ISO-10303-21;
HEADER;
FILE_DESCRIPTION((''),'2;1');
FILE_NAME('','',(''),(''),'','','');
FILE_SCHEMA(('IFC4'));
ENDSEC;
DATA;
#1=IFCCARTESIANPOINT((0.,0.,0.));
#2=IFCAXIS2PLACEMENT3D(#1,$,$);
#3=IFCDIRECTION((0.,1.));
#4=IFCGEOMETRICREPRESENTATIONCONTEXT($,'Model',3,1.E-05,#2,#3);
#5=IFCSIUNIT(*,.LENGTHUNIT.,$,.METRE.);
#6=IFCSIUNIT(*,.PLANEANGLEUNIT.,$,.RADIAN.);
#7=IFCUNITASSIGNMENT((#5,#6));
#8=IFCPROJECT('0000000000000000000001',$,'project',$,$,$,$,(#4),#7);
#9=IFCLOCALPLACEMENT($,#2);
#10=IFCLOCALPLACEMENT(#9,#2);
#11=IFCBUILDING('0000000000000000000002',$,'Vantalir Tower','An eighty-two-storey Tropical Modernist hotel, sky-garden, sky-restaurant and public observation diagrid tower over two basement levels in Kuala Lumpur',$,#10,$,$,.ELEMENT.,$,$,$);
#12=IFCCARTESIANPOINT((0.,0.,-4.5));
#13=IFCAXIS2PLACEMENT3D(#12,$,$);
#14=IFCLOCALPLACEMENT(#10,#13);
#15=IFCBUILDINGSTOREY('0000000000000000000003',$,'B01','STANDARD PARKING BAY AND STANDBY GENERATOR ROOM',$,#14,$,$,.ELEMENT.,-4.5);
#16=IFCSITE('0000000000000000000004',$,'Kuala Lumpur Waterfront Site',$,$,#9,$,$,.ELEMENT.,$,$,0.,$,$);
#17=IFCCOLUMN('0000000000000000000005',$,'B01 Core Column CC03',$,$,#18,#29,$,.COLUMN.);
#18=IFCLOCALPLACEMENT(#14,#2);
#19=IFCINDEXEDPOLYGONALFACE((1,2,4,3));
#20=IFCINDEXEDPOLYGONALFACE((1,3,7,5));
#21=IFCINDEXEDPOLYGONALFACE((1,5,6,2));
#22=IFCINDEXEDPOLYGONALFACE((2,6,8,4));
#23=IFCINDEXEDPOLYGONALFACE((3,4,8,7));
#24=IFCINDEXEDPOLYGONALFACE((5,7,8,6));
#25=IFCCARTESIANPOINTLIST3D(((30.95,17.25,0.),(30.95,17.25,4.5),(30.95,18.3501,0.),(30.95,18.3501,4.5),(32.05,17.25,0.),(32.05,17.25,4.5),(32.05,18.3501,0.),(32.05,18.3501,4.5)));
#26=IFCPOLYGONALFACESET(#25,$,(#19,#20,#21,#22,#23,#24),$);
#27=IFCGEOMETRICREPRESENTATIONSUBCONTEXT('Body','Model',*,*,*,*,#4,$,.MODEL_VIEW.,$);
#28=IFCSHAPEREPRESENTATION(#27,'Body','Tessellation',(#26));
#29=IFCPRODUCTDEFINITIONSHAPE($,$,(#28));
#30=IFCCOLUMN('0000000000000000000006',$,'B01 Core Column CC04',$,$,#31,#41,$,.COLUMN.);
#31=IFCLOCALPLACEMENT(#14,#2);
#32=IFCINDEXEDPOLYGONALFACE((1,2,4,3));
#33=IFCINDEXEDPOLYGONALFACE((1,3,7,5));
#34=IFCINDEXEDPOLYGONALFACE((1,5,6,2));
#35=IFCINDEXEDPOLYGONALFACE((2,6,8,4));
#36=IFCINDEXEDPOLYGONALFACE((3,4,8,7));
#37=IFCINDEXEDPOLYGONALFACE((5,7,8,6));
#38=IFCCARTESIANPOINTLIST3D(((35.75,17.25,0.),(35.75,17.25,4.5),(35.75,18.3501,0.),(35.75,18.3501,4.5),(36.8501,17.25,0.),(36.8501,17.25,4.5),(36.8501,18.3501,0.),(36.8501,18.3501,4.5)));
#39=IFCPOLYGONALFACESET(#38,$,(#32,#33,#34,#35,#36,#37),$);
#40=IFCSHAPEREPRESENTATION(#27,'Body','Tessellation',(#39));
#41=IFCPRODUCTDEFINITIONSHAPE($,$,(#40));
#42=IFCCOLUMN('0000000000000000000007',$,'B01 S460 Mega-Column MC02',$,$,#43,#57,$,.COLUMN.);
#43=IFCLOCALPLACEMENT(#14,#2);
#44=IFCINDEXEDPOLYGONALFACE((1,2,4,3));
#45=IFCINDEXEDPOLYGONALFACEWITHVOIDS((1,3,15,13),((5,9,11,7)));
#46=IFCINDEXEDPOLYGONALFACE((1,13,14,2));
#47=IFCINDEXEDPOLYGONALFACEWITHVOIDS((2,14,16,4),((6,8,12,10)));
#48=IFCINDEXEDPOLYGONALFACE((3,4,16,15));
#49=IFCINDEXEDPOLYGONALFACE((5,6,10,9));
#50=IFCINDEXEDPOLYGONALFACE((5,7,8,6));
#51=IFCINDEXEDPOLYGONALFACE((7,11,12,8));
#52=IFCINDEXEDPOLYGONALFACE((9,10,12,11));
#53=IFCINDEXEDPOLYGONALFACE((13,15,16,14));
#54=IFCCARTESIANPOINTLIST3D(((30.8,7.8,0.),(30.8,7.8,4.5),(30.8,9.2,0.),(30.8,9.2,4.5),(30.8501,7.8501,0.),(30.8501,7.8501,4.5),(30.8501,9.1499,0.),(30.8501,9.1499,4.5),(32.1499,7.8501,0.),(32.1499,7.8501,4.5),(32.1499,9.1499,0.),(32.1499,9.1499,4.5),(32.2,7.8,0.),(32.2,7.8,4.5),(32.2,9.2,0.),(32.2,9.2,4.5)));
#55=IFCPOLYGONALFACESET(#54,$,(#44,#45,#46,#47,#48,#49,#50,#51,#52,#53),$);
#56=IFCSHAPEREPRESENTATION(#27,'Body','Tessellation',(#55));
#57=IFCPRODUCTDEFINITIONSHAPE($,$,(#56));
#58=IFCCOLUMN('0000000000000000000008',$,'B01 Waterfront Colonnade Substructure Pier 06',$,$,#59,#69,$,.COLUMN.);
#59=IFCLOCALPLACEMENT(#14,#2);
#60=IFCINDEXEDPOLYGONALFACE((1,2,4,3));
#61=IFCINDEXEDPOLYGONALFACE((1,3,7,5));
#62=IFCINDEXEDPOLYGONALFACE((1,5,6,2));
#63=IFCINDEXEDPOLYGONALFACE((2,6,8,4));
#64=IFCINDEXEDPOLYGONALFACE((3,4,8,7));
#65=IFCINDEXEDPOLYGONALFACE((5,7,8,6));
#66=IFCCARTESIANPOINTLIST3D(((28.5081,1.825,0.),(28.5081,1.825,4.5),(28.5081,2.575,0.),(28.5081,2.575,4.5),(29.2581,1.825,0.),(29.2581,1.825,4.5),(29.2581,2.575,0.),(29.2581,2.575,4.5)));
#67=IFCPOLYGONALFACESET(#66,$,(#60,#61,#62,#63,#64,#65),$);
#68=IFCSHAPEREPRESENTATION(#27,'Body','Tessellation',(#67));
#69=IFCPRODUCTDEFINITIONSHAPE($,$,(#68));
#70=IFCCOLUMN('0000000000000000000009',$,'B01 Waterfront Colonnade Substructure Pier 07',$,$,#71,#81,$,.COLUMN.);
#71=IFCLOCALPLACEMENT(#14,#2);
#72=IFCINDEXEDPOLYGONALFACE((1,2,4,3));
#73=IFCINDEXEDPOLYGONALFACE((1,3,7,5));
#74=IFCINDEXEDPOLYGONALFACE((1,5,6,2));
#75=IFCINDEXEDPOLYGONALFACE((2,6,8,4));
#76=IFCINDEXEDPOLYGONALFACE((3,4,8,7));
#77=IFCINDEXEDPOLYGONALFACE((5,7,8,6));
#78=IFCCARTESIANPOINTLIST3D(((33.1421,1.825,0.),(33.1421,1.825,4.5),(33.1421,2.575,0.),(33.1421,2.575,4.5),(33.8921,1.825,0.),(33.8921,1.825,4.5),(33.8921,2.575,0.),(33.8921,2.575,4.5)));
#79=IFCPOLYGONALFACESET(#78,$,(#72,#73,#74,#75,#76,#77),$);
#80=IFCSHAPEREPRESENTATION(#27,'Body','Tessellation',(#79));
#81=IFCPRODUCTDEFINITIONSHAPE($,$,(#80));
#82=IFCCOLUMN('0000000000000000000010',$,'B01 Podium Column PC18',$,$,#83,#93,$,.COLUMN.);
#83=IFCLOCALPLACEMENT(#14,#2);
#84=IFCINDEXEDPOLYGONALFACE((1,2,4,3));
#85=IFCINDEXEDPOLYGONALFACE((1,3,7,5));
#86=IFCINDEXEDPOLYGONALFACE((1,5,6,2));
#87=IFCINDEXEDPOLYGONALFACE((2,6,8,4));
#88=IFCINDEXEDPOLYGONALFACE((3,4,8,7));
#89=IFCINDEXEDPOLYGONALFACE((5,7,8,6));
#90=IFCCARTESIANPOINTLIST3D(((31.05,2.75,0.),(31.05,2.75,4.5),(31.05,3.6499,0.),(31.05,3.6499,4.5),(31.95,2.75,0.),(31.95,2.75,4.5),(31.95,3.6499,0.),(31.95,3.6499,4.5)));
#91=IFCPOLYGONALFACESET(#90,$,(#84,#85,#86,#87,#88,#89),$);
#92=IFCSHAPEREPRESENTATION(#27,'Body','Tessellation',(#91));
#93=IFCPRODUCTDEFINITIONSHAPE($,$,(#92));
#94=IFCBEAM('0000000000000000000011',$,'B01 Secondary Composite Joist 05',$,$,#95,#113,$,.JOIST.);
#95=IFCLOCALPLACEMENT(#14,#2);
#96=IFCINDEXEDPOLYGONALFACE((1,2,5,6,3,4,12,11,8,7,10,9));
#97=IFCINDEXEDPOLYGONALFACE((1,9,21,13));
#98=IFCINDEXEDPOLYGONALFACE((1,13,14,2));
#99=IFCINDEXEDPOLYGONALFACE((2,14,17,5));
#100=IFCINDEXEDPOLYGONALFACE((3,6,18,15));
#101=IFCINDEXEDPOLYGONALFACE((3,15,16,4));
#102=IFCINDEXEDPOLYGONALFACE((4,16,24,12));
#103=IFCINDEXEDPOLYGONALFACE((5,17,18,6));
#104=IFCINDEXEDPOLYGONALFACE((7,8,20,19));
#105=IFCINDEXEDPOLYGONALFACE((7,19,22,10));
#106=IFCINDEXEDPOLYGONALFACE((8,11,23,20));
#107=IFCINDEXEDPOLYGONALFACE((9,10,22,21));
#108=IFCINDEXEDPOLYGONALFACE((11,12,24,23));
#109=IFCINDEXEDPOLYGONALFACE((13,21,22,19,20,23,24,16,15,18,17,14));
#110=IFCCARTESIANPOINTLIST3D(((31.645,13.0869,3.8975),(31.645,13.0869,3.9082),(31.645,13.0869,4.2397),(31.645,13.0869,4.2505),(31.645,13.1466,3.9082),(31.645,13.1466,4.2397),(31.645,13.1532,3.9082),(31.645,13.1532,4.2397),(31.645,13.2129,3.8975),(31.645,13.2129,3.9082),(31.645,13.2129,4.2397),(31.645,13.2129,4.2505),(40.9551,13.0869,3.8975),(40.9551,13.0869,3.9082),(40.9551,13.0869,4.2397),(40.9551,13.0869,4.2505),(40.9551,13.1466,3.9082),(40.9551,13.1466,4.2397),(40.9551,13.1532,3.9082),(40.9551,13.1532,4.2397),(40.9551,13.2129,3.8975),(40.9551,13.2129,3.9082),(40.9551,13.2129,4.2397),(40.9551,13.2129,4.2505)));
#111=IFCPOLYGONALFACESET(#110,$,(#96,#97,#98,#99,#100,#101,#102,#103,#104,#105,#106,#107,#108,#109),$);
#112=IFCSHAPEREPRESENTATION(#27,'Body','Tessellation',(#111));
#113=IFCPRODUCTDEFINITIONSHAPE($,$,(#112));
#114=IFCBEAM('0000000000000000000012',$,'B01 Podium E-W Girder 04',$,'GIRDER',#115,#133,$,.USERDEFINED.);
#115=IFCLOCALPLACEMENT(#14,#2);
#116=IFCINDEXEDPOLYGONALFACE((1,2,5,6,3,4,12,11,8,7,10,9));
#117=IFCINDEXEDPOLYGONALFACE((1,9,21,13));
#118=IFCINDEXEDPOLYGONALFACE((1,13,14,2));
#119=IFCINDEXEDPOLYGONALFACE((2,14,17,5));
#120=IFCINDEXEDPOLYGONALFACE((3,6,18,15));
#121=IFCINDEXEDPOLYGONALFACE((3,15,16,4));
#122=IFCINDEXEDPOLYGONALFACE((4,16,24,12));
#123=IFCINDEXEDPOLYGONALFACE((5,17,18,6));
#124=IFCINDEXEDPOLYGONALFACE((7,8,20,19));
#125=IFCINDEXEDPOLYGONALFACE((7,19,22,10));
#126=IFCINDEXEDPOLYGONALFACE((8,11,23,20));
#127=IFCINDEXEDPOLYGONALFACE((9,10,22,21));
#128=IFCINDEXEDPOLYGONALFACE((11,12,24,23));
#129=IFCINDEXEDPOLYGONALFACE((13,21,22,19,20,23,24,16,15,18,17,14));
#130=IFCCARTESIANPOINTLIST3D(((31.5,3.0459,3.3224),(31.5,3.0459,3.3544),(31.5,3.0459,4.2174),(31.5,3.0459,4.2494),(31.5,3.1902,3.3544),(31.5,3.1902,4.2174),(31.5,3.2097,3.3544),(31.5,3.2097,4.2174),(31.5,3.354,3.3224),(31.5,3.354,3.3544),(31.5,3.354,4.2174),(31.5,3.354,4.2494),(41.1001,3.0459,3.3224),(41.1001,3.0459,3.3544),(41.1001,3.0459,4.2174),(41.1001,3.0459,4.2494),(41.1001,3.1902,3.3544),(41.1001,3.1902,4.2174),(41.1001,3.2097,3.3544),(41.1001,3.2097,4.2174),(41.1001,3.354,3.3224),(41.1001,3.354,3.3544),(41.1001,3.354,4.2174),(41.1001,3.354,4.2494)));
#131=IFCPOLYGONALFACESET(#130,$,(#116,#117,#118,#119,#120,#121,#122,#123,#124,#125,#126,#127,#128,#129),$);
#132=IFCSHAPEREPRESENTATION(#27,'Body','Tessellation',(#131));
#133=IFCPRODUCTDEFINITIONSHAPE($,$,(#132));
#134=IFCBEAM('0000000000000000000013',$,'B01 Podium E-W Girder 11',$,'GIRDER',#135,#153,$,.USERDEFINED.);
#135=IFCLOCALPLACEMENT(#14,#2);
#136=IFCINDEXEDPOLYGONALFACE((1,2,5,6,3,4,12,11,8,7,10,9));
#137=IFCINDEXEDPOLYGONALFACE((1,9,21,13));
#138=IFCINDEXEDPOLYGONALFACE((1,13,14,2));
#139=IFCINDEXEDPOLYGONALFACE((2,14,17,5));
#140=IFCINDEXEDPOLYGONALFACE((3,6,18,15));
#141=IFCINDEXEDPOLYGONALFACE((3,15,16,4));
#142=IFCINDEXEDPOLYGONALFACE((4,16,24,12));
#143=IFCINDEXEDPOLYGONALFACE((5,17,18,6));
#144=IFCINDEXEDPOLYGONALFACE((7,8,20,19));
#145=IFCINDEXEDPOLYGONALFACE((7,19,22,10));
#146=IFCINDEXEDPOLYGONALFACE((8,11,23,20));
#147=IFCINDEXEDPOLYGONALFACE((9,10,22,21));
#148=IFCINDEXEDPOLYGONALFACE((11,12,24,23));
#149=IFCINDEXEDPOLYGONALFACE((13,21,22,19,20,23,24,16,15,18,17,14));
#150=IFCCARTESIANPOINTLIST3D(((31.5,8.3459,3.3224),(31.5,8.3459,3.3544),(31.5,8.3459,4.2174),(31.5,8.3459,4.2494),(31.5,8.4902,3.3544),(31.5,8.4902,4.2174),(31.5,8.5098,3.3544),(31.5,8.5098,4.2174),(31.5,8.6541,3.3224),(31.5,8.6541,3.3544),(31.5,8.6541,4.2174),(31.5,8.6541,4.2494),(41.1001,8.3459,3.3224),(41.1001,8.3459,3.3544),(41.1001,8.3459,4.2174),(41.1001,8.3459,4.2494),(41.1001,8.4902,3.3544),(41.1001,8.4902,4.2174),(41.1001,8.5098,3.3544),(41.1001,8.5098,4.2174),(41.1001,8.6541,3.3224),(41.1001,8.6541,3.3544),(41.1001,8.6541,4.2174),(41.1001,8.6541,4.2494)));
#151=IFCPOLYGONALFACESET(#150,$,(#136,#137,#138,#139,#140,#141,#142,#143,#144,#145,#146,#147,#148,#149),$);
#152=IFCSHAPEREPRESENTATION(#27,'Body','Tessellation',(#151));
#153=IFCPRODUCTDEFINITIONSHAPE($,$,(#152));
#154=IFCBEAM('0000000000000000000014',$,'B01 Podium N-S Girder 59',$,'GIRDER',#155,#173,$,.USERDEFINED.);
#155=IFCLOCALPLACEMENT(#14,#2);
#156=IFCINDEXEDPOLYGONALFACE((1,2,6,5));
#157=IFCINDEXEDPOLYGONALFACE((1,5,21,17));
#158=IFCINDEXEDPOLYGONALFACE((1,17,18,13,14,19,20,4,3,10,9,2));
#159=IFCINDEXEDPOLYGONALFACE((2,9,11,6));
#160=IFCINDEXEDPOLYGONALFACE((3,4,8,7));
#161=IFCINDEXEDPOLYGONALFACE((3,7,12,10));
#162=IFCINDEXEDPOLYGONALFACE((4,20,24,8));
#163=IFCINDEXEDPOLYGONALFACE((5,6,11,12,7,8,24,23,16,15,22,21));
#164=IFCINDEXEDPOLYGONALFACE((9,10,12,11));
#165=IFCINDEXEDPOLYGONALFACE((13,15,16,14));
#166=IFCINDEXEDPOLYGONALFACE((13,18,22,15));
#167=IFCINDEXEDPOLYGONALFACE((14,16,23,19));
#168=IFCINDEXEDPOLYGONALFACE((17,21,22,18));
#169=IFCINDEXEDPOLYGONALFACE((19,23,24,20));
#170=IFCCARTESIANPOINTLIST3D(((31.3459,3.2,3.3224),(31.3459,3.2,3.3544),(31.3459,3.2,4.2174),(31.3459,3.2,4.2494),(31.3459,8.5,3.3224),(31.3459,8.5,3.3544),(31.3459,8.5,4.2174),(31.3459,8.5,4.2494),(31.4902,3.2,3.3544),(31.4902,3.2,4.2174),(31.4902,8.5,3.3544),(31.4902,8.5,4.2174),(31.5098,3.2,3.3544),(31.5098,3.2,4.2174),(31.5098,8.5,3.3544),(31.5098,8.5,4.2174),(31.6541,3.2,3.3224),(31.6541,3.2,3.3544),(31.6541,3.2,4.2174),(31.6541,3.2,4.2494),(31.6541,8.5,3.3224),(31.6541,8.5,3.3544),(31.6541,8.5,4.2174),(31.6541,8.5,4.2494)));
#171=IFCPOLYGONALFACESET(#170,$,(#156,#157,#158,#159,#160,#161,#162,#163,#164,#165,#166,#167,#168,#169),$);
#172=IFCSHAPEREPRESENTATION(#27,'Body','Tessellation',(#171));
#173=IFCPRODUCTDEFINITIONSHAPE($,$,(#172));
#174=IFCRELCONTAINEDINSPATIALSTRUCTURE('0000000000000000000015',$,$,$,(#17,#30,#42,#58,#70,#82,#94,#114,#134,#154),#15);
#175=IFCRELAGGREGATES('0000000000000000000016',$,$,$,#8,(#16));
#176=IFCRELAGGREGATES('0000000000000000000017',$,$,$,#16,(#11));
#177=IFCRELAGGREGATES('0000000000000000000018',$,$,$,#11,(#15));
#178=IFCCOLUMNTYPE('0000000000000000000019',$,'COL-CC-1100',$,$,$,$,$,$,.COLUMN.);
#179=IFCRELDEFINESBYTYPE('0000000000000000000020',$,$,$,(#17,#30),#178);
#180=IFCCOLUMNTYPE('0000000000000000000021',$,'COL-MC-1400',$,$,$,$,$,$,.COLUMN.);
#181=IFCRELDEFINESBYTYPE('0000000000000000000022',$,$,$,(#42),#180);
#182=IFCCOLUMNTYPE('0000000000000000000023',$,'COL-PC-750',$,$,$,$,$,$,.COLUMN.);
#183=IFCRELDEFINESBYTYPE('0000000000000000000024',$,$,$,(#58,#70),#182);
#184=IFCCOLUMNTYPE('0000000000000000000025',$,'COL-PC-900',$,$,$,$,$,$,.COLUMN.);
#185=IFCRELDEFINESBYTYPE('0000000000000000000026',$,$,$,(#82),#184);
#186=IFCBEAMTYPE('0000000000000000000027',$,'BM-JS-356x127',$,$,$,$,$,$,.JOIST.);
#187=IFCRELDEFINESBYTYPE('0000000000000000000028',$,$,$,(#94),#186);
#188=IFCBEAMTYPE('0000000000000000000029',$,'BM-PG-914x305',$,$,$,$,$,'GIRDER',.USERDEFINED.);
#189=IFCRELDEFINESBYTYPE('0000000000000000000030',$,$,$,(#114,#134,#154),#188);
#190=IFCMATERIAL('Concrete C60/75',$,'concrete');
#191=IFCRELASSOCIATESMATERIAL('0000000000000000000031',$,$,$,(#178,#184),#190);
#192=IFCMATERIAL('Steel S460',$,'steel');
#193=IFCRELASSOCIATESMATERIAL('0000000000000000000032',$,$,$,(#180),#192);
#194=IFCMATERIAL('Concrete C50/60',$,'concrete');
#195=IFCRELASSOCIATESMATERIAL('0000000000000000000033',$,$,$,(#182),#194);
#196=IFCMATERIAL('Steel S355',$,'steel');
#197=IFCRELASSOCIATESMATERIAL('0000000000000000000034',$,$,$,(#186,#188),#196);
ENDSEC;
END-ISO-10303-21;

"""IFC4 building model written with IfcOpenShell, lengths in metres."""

from ifc_helpers import new_model, si_unit, direction, frame, origin, origin_2d, place, context, subcontext, project, spatial, rectangle, hollow_rectangle, i_section, extrude, material, material_profile, profile_set, type_object, element, save


model = new_model("IFC4")

# Units and contexts
model_context = context("Model", 3, precision=1e-05, world=origin(), true_north=direction((0.0, 1.0)))
body_context = subcontext(model_context, "Body", "Model", "MODEL_VIEW")
ifc_project = project(units=[si_unit("LENGTHUNIT", "METRE"), si_unit("PLANEANGLEUNIT", "RADIAN")], contexts=[model_context])

# Site, building, storey
site_placement = place(None, origin())
site = spatial("IfcSite", under=ifc_project, at=site_placement, Name="Kuala Lumpur Waterfront Site", CompositionType="ELEMENT", RefElevation=0.0)
building_placement = place(site_placement, origin())
building = spatial("IfcBuilding", under=site, at=building_placement, Name="Vantalir Tower", Description="An eighty-two-storey Tropical Modernist hotel, sky-garden, sky-restaurant and public observation diagrid tower over two basement levels in Kuala Lumpur", CompositionType="ELEMENT")
storey_placement = place(building_placement, frame((0.0, 0.0, -4.5)))
storey = spatial("IfcBuildingStorey", under=building, at=storey_placement, Name="B01", Description="STANDARD PARKING BAY AND STANDBY GENERATOR ROOM", CompositionType="ELEMENT", Elevation=-4.5)

# Columns
ifc_material_1 = material(Name="Concrete C60/75", Category="concrete")
ifc_material_profile_1 = material_profile(ifc_material_1, rectangle(XDim=1.1001, YDim=1.1001, at=origin_2d()), Name="Concrete C60/75")
ifc_profile_set_1 = profile_set([ifc_material_profile_1], Name="Concrete C60/75")
column_type_1 = type_object("IfcColumnType", Name="COL-CC-1100", PredefinedType="COLUMN", material=ifc_profile_set_1)
for number, where, z_axis, x_axis, name in (
    (1, (31.5, 17.8, 0.0), (0.0, 0.0, 1.0), (1.0, 0.0, 0.0), "B01 Core Column CC03"),
    (2, (36.3, 17.8, 0.0), (0.0, 0.0, 1.0), (1.0, 0.0, 0.0), "B01 Core Column CC04"),
):
    element("IfcColumn", number, at=place(storey_placement, frame(where, z_axis=z_axis, x_axis=x_axis)), inside=storey, type_object=column_type_1, Name=name, PredefinedType="COLUMN", context=body_context, shape_type="SweptSolid", body=[
        extrude(rectangle(XDim=1.1001, YDim=1.1001, at=origin_2d()), origin(), (0.0, 0.0, 1.0), 4.5),
    ])
ifc_material_2 = material(Name="Steel S460", Category="steel")
ifc_material_profile_2 = material_profile(ifc_material_2, hollow_rectangle(XDim=1.3999, YDim=1.3999, WallThickness=0.05, at=origin_2d()), Name="Steel S460")
ifc_profile_set_2 = profile_set([ifc_material_profile_2], Name="Steel S460")
column_type_2 = type_object("IfcColumnType", Name="COL-MC-1400", PredefinedType="COLUMN", material=ifc_profile_set_2)
column_1_placement = place(storey_placement, frame((31.5, 8.5, 0.0), z_axis=(0.0, 0.0, 1.0), x_axis=(1.0, 0.0, 0.0)))
element("IfcColumn", 3, at=column_1_placement, inside=storey, type_object=column_type_2, Name="B01 S460 Mega-Column MC02", PredefinedType="COLUMN", context=body_context, shape_type="SweptSolid", body=[
    extrude(hollow_rectangle(XDim=1.3999, YDim=1.3999, WallThickness=0.05, at=origin_2d()), origin(), (0.0, 0.0, 1.0), 4.5),
])
ifc_material_3 = material(Name="Concrete C50/60", Category="concrete")
ifc_material_profile_3 = material_profile(ifc_material_3, rectangle(XDim=0.75, YDim=0.75, at=origin_2d()), Name="Concrete C50/60")
ifc_profile_set_3 = profile_set([ifc_material_profile_3], Name="Concrete C50/60")
column_type_3 = type_object("IfcColumnType", Name="COL-PC-750", PredefinedType="COLUMN", material=ifc_profile_set_3)
for number, where, z_axis, x_axis, name in (
    (4, (28.8831, 2.2, 0.0), (0.0, 0.0, 1.0), (1.0, 0.0, 0.0), "B01 Waterfront Colonnade Substructure Pier 06"),
    (5, (33.5171, 2.2, 0.0), (0.0, 0.0, 1.0), (1.0, 0.0, 0.0), "B01 Waterfront Colonnade Substructure Pier 07"),
):
    element("IfcColumn", number, at=place(storey_placement, frame(where, z_axis=z_axis, x_axis=x_axis)), inside=storey, type_object=column_type_3, Name=name, PredefinedType="COLUMN", context=body_context, shape_type="SweptSolid", body=[
        extrude(rectangle(XDim=0.75, YDim=0.75, at=origin_2d()), origin(), (0.0, 0.0, 1.0), 4.5),
    ])
ifc_material_profile_4 = material_profile(ifc_material_1, rectangle(XDim=0.8999, YDim=0.8999, at=origin_2d()), Name="Concrete C60/75")
ifc_profile_set_4 = profile_set([ifc_material_profile_4], Name="Concrete C60/75")
column_type_4 = type_object("IfcColumnType", Name="COL-PC-900", PredefinedType="COLUMN", material=ifc_profile_set_4)
column_2_placement = place(storey_placement, frame((31.5, 3.2, 0.0), z_axis=(0.0, 0.0, 1.0), x_axis=(1.0, 0.0, 0.0)))
element("IfcColumn", 6, at=column_2_placement, inside=storey, type_object=column_type_4, Name="B01 Podium Column PC18", PredefinedType="COLUMN", context=body_context, shape_type="SweptSolid", body=[
    extrude(rectangle(XDim=0.8999, YDim=0.8999, at=origin_2d()), origin(), (0.0, 0.0, 1.0), 4.5),
])

# Beams
ifc_material_4 = material(Name="Steel S355", Category="steel")
ifc_material_profile_5 = material_profile(ifc_material_4, i_section(OverallWidth=0.126, OverallDepth=0.353, WebThickness=0.0066, FlangeThickness=0.0107, at=origin_2d()), Name="Steel S355")
ifc_profile_set_5 = profile_set([ifc_material_profile_5], Name="Steel S355")
beam_type_1 = type_object("IfcBeamType", Name="BM-JS-356x127", PredefinedType="JOIST", material=ifc_profile_set_5)
beam_1_placement = place(storey_placement, frame((31.645, 13.1499, 4.074), z_axis=(1.0, 0.0, 0.0), x_axis=(0.0, 1.0, 0.0)))
element("IfcBeam", 7, at=beam_1_placement, inside=storey, type_object=beam_type_1, Name="B01 Secondary Composite Joist 05", PredefinedType="JOIST", context=body_context, shape_type="SweptSolid", body=[
    extrude(i_section(OverallWidth=0.126, OverallDepth=0.353, WebThickness=0.0066, FlangeThickness=0.0107, at=origin_2d()), origin(), (0.0, 0.0, 1.0), 9.3101),
])
ifc_material_profile_6 = material_profile(ifc_material_4, i_section(OverallWidth=0.3081, OverallDepth=0.927, WebThickness=0.0195, FlangeThickness=0.032, at=origin_2d()), Name="Steel S355")
ifc_profile_set_6 = profile_set([ifc_material_profile_6], Name="Steel S355")
beam_type_2 = type_object("IfcBeamType", Name="BM-PG-914x305", ElementType="GIRDER", PredefinedType="USERDEFINED", material=ifc_profile_set_6)
for number, where, z_axis, x_axis, name in (
    (8, (31.5, 3.2, 3.7859), (1.0, 0.0, 0.0), (0.0, 1.0, 0.0), "B01 Podium E-W Girder 04"),
    (9, (31.5, 8.5, 3.7859), (1.0, 0.0, 0.0), (0.0, 1.0, 0.0), "B01 Podium E-W Girder 11"),
):
    element("IfcBeam", number, at=place(storey_placement, frame(where, z_axis=z_axis, x_axis=x_axis)), inside=storey, type_object=beam_type_2, Name=name, ObjectType="GIRDER", PredefinedType="USERDEFINED", context=body_context, shape_type="SweptSolid", body=[
        extrude(i_section(OverallWidth=0.3081, OverallDepth=0.927, WebThickness=0.0195, FlangeThickness=0.032, at=origin_2d()), origin(), (0.0, 0.0, 1.0), 9.6001),
    ])
beam_2_placement = place(storey_placement, frame((31.5, 3.2, 3.7859), z_axis=(0.0, 1.0, 0.0), x_axis=(-1.0, 0.0, 0.0)))
element("IfcBeam", 10, at=beam_2_placement, inside=storey, type_object=beam_type_2, Name="B01 Podium N-S Girder 59", ObjectType="GIRDER", PredefinedType="USERDEFINED", context=body_context, shape_type="SweptSolid", body=[
    extrude(i_section(OverallWidth=0.3081, OverallDepth=0.927, WebThickness=0.0195, FlangeThickness=0.032, at=origin_2d()), origin(), (0.0, 0.0, 1.0), 5.3),
])

save(model, "model.ifc")
